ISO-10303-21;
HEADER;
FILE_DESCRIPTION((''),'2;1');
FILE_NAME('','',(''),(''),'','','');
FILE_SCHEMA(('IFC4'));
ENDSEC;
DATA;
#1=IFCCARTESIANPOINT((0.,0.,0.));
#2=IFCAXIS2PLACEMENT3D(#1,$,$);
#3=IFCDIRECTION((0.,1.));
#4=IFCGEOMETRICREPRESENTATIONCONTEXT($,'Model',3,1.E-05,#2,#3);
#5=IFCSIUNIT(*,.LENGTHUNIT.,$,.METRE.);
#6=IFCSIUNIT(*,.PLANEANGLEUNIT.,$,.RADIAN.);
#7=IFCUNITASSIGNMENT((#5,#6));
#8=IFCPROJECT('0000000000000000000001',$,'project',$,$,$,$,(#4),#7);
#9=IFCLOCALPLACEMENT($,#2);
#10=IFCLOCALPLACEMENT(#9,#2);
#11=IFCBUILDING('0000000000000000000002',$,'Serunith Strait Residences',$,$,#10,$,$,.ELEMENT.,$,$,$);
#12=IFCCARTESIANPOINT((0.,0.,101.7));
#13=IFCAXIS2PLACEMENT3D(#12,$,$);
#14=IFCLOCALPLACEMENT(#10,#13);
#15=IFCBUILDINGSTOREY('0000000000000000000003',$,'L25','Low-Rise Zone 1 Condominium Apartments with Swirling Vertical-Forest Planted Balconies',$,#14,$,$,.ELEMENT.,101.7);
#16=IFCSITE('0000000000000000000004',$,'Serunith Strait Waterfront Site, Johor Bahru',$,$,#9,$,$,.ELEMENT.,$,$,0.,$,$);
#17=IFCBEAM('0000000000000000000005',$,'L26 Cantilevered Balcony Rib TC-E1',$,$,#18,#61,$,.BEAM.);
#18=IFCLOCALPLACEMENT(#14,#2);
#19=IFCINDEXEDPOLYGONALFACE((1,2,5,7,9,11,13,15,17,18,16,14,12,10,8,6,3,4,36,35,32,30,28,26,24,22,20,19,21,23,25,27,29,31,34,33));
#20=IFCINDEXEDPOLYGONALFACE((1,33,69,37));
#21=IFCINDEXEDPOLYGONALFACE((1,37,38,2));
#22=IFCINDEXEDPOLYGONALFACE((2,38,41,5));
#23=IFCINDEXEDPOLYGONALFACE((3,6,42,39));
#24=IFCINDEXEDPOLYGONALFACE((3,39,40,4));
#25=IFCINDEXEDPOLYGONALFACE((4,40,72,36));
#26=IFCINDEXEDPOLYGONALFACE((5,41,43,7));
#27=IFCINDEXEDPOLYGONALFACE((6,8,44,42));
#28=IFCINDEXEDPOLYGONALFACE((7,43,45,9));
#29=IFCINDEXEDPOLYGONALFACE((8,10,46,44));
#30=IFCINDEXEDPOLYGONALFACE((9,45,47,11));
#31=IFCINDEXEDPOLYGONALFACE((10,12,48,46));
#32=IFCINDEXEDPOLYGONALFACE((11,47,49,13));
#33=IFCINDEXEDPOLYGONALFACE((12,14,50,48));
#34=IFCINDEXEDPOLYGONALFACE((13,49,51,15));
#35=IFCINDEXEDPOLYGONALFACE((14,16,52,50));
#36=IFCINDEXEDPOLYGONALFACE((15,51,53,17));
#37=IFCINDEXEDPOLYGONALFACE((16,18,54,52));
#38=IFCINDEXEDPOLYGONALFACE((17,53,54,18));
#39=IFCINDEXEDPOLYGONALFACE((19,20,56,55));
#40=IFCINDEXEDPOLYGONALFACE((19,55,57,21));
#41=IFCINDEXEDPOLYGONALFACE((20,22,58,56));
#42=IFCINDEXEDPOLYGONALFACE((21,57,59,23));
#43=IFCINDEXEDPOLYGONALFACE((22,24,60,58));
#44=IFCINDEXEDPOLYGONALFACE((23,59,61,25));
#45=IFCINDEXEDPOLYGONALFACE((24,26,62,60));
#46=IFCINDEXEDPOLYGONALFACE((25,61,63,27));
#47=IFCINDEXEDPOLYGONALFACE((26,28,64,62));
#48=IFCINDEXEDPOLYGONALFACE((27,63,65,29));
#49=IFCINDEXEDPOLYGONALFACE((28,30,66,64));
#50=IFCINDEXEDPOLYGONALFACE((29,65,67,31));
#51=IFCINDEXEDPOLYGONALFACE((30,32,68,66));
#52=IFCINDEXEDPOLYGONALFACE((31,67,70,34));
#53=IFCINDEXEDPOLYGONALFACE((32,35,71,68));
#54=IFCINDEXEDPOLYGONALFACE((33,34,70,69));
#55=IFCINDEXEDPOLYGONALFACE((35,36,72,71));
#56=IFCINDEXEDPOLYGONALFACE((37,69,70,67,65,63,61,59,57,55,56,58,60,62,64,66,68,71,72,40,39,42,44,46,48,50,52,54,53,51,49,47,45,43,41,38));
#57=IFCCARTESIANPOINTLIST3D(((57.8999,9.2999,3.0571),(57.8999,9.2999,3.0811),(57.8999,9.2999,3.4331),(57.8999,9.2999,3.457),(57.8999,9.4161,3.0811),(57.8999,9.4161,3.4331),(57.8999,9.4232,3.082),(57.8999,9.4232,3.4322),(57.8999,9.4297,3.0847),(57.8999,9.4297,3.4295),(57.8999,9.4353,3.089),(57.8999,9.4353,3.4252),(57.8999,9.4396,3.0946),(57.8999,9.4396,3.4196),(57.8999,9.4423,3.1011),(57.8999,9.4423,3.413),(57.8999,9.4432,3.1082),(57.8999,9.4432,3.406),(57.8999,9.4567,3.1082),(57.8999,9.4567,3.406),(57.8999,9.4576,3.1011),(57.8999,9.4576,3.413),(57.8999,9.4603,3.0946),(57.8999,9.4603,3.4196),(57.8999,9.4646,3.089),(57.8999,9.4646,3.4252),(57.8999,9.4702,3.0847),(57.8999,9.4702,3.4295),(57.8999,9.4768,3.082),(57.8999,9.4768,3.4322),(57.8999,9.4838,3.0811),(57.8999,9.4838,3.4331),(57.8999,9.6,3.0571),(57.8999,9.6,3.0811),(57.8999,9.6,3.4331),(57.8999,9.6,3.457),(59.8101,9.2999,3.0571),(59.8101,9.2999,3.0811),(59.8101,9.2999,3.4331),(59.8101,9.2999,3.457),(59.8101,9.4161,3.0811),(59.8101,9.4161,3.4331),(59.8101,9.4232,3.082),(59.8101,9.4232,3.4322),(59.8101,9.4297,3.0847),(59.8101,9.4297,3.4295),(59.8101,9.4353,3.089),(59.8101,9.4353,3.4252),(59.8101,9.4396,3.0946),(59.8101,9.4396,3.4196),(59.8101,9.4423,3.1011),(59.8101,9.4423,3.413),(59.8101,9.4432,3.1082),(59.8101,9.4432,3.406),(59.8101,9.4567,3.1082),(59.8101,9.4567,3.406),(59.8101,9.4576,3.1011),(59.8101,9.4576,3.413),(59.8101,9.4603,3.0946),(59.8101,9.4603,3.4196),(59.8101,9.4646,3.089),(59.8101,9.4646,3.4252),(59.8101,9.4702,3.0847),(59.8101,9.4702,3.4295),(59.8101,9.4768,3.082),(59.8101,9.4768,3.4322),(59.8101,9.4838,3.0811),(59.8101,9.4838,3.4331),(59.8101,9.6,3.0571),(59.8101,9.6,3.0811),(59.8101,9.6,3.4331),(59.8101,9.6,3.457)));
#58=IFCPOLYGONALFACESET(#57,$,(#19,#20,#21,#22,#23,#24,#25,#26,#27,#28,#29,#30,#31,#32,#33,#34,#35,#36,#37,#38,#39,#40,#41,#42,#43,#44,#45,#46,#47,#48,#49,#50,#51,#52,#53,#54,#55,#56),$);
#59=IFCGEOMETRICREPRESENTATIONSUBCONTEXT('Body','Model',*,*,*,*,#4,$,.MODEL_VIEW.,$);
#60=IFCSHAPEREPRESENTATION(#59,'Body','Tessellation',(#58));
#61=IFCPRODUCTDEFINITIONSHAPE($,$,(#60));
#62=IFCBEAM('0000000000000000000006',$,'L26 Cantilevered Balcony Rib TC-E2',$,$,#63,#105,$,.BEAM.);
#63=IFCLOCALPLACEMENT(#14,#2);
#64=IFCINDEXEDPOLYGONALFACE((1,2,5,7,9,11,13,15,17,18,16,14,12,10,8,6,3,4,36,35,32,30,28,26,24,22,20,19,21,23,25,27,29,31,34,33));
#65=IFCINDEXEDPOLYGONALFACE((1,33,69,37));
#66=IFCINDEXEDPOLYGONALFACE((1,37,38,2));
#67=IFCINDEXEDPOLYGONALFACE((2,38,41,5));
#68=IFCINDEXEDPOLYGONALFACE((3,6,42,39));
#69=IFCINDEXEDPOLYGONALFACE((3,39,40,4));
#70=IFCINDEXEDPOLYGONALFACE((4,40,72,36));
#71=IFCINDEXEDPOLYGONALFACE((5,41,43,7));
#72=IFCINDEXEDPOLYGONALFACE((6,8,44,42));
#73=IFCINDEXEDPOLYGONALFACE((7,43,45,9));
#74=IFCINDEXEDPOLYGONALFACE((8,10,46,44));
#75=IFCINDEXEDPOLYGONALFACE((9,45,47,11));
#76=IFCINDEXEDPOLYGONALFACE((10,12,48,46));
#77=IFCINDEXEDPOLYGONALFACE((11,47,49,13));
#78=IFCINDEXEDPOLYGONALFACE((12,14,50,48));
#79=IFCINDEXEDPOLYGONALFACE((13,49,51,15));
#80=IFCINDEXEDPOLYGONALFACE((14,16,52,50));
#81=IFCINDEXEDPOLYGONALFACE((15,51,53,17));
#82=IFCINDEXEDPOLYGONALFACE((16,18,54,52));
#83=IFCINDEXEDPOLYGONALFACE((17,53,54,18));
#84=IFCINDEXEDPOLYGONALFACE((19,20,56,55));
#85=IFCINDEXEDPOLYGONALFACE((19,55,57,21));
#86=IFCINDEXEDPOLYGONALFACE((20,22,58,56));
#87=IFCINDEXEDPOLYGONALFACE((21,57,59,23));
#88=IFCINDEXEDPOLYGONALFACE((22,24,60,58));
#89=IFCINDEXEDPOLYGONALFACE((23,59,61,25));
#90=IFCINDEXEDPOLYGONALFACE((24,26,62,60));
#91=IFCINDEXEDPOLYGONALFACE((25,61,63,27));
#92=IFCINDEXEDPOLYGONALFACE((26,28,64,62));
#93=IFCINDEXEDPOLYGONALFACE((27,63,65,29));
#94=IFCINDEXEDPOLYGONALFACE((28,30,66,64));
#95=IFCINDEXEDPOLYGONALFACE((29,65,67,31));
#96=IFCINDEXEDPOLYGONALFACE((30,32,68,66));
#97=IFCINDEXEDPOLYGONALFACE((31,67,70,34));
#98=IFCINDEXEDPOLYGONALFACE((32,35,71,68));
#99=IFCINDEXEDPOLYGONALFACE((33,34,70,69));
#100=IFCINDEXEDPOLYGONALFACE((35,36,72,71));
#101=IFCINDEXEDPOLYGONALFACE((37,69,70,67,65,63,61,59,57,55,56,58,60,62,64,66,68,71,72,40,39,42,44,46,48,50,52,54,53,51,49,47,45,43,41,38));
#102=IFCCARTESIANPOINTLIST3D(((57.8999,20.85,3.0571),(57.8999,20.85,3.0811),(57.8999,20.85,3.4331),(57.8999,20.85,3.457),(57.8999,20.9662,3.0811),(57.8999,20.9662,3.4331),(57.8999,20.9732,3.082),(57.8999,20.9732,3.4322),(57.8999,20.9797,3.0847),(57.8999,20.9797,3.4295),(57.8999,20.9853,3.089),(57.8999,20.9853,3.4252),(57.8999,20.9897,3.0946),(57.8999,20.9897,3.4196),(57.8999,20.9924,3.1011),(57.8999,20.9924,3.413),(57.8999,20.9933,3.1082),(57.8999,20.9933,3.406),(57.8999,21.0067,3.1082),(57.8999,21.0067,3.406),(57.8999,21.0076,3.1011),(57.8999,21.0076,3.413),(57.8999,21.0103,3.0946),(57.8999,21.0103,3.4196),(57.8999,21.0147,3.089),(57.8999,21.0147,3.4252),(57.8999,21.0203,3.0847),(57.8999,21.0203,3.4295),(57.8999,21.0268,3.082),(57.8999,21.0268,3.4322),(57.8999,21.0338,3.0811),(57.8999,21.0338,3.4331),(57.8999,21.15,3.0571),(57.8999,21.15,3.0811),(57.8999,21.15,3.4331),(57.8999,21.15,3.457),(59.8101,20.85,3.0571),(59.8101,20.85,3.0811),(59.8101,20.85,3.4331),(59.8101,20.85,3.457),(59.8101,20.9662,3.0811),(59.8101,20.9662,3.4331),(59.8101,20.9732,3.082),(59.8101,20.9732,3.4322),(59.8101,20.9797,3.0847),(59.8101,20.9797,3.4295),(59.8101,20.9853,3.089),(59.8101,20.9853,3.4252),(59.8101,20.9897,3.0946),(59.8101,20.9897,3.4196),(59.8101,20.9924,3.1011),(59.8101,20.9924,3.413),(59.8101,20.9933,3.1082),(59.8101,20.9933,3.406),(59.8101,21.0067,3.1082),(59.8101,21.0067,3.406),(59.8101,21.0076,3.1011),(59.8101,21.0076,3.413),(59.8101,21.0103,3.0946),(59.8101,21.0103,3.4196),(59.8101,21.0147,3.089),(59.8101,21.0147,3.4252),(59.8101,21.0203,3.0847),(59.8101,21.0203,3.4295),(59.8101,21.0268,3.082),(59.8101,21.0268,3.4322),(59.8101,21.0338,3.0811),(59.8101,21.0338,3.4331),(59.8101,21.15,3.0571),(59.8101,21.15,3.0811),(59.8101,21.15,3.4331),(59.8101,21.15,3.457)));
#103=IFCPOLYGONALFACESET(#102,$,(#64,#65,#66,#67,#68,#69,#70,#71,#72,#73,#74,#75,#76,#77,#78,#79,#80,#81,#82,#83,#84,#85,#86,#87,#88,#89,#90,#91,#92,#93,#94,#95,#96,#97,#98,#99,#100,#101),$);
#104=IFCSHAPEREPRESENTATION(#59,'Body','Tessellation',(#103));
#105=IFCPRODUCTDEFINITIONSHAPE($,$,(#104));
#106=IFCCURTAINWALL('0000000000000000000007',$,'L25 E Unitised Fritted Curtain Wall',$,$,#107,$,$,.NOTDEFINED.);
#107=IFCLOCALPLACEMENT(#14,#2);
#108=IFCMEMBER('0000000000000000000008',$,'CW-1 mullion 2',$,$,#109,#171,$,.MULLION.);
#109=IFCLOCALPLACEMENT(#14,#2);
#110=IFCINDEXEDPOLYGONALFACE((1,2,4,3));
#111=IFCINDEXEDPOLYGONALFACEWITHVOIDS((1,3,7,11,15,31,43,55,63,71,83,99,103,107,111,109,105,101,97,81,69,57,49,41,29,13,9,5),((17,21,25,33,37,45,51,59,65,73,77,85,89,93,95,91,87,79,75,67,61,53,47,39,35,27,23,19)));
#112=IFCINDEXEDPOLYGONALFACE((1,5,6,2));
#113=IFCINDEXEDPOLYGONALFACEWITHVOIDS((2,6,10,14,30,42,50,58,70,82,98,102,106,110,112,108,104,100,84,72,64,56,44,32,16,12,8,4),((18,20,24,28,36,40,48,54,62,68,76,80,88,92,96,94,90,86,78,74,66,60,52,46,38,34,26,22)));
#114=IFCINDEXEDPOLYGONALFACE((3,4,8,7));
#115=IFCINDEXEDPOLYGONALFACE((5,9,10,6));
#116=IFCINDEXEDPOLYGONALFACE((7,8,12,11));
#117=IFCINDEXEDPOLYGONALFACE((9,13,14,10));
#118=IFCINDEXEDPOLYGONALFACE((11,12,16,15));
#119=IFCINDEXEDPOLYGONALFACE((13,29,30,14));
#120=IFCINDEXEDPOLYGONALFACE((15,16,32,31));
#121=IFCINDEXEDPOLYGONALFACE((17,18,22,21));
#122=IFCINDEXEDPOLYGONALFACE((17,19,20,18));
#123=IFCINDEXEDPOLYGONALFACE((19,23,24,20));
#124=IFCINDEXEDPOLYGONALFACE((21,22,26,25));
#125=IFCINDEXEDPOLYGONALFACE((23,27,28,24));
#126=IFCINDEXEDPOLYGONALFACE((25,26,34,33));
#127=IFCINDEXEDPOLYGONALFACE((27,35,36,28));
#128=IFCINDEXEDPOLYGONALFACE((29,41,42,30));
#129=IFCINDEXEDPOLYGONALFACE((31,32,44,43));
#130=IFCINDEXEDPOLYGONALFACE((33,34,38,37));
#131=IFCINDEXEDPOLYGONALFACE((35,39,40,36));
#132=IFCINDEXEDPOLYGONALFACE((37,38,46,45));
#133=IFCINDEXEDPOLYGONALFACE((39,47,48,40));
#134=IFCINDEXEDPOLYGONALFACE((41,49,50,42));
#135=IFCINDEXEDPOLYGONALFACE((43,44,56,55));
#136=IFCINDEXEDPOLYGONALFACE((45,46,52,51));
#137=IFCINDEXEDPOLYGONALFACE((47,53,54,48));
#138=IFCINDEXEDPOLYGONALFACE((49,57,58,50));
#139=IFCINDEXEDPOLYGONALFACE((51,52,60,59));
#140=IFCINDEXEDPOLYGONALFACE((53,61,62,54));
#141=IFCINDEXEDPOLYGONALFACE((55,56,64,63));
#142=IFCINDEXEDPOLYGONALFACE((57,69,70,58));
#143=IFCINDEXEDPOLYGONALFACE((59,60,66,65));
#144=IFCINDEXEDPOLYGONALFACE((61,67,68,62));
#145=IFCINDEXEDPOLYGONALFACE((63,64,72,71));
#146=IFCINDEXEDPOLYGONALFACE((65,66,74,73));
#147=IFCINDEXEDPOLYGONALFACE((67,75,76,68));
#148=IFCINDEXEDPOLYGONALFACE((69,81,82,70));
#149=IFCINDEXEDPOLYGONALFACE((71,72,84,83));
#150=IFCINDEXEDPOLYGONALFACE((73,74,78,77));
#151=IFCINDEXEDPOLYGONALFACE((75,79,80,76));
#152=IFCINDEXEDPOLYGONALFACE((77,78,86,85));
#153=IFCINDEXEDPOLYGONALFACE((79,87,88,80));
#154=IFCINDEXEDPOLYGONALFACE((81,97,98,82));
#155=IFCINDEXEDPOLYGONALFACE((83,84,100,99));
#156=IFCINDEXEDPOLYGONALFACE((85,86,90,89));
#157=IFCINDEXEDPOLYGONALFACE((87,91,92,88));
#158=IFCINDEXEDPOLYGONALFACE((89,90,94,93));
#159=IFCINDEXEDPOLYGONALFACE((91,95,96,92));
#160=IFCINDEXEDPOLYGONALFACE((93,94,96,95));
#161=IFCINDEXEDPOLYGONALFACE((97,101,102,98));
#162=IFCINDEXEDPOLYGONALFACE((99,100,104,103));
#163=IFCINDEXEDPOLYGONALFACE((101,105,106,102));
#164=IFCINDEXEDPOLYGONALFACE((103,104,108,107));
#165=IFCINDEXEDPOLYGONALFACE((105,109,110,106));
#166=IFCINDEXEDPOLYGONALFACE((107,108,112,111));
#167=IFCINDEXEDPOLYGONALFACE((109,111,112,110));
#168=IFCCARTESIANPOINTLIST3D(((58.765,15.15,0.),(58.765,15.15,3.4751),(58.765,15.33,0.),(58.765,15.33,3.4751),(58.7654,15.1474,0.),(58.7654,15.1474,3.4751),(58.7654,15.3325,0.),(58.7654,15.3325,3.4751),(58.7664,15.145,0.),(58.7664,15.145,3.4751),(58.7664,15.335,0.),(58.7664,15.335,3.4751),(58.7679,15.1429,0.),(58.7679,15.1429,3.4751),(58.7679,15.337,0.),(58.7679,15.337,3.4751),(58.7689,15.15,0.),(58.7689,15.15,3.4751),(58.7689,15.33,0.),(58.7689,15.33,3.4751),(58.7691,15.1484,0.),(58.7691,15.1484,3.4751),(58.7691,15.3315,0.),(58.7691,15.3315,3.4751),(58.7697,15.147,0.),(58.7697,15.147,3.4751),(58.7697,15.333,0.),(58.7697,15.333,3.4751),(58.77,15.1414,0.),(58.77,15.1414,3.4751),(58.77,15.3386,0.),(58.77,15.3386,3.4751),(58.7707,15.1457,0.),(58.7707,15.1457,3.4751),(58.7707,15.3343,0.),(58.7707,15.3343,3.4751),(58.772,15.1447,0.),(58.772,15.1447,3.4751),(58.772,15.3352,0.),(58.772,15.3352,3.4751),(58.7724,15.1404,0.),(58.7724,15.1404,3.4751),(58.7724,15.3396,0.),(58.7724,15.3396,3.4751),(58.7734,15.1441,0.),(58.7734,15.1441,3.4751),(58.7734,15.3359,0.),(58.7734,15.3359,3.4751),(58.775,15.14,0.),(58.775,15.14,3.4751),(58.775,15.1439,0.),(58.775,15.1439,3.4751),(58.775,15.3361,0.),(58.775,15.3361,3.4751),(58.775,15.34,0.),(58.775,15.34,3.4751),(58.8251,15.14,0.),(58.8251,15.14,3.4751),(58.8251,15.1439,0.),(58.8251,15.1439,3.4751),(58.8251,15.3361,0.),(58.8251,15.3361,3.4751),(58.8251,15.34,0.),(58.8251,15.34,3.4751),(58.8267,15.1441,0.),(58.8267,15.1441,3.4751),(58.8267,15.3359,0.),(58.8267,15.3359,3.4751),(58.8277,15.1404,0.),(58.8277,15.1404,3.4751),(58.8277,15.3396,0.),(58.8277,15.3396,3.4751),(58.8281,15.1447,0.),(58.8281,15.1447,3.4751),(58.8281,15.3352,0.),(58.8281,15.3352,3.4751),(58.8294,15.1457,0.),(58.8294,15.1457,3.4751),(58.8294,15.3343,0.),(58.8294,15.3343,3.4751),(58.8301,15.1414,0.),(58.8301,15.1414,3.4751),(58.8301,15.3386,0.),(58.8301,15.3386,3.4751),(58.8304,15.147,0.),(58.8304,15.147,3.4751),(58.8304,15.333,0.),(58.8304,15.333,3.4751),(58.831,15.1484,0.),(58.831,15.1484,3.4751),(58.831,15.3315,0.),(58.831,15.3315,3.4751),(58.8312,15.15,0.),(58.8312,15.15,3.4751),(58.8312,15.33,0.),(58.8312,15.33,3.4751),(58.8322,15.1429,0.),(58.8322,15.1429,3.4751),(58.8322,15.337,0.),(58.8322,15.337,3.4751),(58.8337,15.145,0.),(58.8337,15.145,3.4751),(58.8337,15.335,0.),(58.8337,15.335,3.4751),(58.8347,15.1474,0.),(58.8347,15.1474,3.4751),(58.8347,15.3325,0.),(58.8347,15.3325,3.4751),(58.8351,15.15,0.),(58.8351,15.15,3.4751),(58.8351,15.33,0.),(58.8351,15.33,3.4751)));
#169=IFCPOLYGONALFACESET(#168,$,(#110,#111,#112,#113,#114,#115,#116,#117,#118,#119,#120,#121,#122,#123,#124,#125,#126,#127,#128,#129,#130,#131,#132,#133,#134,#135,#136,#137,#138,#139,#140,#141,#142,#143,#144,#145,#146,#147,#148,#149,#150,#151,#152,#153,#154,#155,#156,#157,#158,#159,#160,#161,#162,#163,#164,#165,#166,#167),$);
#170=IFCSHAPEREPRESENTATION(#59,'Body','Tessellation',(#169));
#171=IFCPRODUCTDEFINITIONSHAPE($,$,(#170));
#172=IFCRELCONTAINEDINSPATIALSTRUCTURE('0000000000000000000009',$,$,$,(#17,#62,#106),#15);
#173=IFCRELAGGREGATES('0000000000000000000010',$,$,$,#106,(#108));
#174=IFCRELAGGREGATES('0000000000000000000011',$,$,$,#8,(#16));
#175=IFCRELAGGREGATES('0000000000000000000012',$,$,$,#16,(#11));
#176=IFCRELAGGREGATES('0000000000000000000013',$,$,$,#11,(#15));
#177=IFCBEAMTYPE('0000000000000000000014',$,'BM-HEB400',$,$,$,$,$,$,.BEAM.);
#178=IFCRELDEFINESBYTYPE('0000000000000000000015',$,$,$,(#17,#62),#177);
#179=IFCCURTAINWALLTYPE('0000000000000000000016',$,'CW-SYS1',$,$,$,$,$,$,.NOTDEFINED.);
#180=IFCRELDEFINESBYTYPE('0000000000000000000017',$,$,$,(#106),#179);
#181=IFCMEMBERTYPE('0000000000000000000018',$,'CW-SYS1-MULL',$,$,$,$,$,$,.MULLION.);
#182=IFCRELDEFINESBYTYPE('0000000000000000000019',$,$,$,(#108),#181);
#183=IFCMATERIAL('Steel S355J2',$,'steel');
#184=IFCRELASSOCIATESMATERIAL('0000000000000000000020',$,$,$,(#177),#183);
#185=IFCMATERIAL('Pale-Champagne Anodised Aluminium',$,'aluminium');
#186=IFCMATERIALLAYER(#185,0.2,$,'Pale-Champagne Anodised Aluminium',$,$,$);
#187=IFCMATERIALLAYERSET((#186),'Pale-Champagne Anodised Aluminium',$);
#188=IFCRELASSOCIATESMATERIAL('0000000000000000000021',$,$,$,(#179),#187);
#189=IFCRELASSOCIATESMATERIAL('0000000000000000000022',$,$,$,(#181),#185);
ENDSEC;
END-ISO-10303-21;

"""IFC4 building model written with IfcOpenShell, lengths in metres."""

from ifc_helpers import new_model, si_unit, direction, frame, origin, origin_2d, place, context, subcontext, project, spatial, hollow_rectangle, i_section, extrude, source, transform, mapped, material, layer, layer_set, material_profile, profile_set, type_object, element, aggregate, save


model = new_model("IFC4")

# Units and contexts
model_context = context("Model", 3, precision=1e-05, world=origin(), true_north=direction((0.0, 1.0)))
body_context = subcontext(model_context, "Body", "Model", "MODEL_VIEW")
ifc_project = project(units=[si_unit("LENGTHUNIT", "METRE"), si_unit("PLANEANGLEUNIT", "RADIAN")], contexts=[model_context])

# Site, building, storey
site_placement = place(None, origin())
site = spatial("IfcSite", under=ifc_project, at=site_placement, Name="Serunith Strait Waterfront Site, Johor Bahru", CompositionType="ELEMENT", RefElevation=0.0)
building_placement = place(site_placement, origin())
building = spatial("IfcBuilding", under=site, at=building_placement, Name="Serunith Strait Residences", CompositionType="ELEMENT")
storey_placement = place(building_placement, frame((0.0, 0.0, 101.7)))
storey = spatial("IfcBuildingStorey", under=building, at=storey_placement, Name="L25", Description="Low-Rise Zone 1 Condominium Apartments with Swirling Vertical-Forest Planted Balconies", CompositionType="ELEMENT", Elevation=101.7)

# Beams
ifc_material_1 = material(Name="Steel S355J2", Category="steel")
ifc_material_profile_1 = material_profile(ifc_material_1, i_section(OverallWidth=0.3, OverallDepth=0.3999, WebThickness=0.0134, FlangeThickness=0.0239, FilletRadius=0.0271, at=origin_2d()), Name="HEB 400")
ifc_profile_set_1 = profile_set([ifc_material_profile_1], Name="Steel S355J2")
beam_type_1 = type_object("IfcBeamType", Name="BM-HEB400", PredefinedType="BEAM", material=ifc_profile_set_1)
shared_shape_1 = source(origin(), body_context, "Body", "SweptSolid", [
    extrude(i_section(OverallWidth=0.3, OverallDepth=0.3999, WebThickness=0.0134, FlangeThickness=0.0239, FilletRadius=0.0271, at=origin_2d()), origin(), (0.0, 0.0, 1.0), 1.9102),
])
for number, where, z_axis, x_axis, name in (
    (1, (57.8999, 9.45, 3.2571), (1.0, 0.0, 0.0), (0.0, 1.0, 0.0), "L26 Cantilevered Balcony Rib TC-E1"),
    (2, (57.8999, 21.0, 3.2571), (1.0, 0.0, 0.0), (0.0, 1.0, 0.0), "L26 Cantilevered Balcony Rib TC-E2"),
):
    element("IfcBeam", number, at=place(storey_placement, frame(where, z_axis=z_axis, x_axis=x_axis)), inside=storey, type_object=beam_type_1, Name=name, PredefinedType="BEAM", context=body_context, shape_type="MappedRepresentation", body=[
        mapped(shared_shape_1, transform((0.0, 0.0, 0.0), scale=1.0)),
    ])

# Curtain wall, member
ifc_material_2 = material(Name="Pale-Champagne Anodised Aluminium", Category="aluminium")
ifc_layer_1 = layer(ifc_material_2, 0.2, Name="Pale-Champagne Anodised Aluminium")
ifc_layer_set_1 = layer_set([ifc_layer_1], Name="Pale-Champagne Anodised Aluminium")
curtain_wall_type = type_object("IfcCurtainWallType", Name="CW-SYS1", PredefinedType="NOTDEFINED", material=ifc_layer_set_1)
curtain_wall_placement = place(storey_placement, origin())
curtain_wall = element("IfcCurtainWall", 3, at=curtain_wall_placement, inside=storey, type_object=curtain_wall_type, Name="L25 E Unitised Fritted Curtain Wall", PredefinedType="NOTDEFINED")
ifc_material_profile_2 = material_profile(ifc_material_2, hollow_rectangle(XDim=0.0701, YDim=0.2, WallThickness=0.0039, InnerFilletRadius=0.0061, OuterFilletRadius=0.01, at=origin_2d()), Name="ALU 200x70x4")
ifc_profile_set_2 = profile_set([ifc_material_profile_2], Name="Pale-Champagne Anodised Aluminium")
member_type_1 = type_object("IfcMemberType", Name="CW-SYS1-MULL", PredefinedType="MULLION", material=ifc_profile_set_2)
shared_shape_2 = source(origin(), body_context, "Body", "SweptSolid", [
    extrude(hollow_rectangle(XDim=0.0701, YDim=0.2, WallThickness=0.0039, InnerFilletRadius=0.0061, OuterFilletRadius=0.01, at=origin_2d()), origin(), (0.0, 0.0, 1.0), 3.4751),
])
member_1_placement = place(storey_placement, frame((58.8, 15.24, 0.0), z_axis=(0.0, 0.0, 1.0), x_axis=(-1.0, 0.0, 0.0)))
member_1 = element("IfcMember", 4, at=member_1_placement, type_object=member_type_1, Name="CW-1 mullion 2", PredefinedType="MULLION", context=body_context, shape_type="MappedRepresentation", body=[
    mapped(shared_shape_2, transform((0.0, 0.0, 0.0), scale=1.0)),
])
aggregate(curtain_wall, [member_1])

save(model, "model.ifc")
